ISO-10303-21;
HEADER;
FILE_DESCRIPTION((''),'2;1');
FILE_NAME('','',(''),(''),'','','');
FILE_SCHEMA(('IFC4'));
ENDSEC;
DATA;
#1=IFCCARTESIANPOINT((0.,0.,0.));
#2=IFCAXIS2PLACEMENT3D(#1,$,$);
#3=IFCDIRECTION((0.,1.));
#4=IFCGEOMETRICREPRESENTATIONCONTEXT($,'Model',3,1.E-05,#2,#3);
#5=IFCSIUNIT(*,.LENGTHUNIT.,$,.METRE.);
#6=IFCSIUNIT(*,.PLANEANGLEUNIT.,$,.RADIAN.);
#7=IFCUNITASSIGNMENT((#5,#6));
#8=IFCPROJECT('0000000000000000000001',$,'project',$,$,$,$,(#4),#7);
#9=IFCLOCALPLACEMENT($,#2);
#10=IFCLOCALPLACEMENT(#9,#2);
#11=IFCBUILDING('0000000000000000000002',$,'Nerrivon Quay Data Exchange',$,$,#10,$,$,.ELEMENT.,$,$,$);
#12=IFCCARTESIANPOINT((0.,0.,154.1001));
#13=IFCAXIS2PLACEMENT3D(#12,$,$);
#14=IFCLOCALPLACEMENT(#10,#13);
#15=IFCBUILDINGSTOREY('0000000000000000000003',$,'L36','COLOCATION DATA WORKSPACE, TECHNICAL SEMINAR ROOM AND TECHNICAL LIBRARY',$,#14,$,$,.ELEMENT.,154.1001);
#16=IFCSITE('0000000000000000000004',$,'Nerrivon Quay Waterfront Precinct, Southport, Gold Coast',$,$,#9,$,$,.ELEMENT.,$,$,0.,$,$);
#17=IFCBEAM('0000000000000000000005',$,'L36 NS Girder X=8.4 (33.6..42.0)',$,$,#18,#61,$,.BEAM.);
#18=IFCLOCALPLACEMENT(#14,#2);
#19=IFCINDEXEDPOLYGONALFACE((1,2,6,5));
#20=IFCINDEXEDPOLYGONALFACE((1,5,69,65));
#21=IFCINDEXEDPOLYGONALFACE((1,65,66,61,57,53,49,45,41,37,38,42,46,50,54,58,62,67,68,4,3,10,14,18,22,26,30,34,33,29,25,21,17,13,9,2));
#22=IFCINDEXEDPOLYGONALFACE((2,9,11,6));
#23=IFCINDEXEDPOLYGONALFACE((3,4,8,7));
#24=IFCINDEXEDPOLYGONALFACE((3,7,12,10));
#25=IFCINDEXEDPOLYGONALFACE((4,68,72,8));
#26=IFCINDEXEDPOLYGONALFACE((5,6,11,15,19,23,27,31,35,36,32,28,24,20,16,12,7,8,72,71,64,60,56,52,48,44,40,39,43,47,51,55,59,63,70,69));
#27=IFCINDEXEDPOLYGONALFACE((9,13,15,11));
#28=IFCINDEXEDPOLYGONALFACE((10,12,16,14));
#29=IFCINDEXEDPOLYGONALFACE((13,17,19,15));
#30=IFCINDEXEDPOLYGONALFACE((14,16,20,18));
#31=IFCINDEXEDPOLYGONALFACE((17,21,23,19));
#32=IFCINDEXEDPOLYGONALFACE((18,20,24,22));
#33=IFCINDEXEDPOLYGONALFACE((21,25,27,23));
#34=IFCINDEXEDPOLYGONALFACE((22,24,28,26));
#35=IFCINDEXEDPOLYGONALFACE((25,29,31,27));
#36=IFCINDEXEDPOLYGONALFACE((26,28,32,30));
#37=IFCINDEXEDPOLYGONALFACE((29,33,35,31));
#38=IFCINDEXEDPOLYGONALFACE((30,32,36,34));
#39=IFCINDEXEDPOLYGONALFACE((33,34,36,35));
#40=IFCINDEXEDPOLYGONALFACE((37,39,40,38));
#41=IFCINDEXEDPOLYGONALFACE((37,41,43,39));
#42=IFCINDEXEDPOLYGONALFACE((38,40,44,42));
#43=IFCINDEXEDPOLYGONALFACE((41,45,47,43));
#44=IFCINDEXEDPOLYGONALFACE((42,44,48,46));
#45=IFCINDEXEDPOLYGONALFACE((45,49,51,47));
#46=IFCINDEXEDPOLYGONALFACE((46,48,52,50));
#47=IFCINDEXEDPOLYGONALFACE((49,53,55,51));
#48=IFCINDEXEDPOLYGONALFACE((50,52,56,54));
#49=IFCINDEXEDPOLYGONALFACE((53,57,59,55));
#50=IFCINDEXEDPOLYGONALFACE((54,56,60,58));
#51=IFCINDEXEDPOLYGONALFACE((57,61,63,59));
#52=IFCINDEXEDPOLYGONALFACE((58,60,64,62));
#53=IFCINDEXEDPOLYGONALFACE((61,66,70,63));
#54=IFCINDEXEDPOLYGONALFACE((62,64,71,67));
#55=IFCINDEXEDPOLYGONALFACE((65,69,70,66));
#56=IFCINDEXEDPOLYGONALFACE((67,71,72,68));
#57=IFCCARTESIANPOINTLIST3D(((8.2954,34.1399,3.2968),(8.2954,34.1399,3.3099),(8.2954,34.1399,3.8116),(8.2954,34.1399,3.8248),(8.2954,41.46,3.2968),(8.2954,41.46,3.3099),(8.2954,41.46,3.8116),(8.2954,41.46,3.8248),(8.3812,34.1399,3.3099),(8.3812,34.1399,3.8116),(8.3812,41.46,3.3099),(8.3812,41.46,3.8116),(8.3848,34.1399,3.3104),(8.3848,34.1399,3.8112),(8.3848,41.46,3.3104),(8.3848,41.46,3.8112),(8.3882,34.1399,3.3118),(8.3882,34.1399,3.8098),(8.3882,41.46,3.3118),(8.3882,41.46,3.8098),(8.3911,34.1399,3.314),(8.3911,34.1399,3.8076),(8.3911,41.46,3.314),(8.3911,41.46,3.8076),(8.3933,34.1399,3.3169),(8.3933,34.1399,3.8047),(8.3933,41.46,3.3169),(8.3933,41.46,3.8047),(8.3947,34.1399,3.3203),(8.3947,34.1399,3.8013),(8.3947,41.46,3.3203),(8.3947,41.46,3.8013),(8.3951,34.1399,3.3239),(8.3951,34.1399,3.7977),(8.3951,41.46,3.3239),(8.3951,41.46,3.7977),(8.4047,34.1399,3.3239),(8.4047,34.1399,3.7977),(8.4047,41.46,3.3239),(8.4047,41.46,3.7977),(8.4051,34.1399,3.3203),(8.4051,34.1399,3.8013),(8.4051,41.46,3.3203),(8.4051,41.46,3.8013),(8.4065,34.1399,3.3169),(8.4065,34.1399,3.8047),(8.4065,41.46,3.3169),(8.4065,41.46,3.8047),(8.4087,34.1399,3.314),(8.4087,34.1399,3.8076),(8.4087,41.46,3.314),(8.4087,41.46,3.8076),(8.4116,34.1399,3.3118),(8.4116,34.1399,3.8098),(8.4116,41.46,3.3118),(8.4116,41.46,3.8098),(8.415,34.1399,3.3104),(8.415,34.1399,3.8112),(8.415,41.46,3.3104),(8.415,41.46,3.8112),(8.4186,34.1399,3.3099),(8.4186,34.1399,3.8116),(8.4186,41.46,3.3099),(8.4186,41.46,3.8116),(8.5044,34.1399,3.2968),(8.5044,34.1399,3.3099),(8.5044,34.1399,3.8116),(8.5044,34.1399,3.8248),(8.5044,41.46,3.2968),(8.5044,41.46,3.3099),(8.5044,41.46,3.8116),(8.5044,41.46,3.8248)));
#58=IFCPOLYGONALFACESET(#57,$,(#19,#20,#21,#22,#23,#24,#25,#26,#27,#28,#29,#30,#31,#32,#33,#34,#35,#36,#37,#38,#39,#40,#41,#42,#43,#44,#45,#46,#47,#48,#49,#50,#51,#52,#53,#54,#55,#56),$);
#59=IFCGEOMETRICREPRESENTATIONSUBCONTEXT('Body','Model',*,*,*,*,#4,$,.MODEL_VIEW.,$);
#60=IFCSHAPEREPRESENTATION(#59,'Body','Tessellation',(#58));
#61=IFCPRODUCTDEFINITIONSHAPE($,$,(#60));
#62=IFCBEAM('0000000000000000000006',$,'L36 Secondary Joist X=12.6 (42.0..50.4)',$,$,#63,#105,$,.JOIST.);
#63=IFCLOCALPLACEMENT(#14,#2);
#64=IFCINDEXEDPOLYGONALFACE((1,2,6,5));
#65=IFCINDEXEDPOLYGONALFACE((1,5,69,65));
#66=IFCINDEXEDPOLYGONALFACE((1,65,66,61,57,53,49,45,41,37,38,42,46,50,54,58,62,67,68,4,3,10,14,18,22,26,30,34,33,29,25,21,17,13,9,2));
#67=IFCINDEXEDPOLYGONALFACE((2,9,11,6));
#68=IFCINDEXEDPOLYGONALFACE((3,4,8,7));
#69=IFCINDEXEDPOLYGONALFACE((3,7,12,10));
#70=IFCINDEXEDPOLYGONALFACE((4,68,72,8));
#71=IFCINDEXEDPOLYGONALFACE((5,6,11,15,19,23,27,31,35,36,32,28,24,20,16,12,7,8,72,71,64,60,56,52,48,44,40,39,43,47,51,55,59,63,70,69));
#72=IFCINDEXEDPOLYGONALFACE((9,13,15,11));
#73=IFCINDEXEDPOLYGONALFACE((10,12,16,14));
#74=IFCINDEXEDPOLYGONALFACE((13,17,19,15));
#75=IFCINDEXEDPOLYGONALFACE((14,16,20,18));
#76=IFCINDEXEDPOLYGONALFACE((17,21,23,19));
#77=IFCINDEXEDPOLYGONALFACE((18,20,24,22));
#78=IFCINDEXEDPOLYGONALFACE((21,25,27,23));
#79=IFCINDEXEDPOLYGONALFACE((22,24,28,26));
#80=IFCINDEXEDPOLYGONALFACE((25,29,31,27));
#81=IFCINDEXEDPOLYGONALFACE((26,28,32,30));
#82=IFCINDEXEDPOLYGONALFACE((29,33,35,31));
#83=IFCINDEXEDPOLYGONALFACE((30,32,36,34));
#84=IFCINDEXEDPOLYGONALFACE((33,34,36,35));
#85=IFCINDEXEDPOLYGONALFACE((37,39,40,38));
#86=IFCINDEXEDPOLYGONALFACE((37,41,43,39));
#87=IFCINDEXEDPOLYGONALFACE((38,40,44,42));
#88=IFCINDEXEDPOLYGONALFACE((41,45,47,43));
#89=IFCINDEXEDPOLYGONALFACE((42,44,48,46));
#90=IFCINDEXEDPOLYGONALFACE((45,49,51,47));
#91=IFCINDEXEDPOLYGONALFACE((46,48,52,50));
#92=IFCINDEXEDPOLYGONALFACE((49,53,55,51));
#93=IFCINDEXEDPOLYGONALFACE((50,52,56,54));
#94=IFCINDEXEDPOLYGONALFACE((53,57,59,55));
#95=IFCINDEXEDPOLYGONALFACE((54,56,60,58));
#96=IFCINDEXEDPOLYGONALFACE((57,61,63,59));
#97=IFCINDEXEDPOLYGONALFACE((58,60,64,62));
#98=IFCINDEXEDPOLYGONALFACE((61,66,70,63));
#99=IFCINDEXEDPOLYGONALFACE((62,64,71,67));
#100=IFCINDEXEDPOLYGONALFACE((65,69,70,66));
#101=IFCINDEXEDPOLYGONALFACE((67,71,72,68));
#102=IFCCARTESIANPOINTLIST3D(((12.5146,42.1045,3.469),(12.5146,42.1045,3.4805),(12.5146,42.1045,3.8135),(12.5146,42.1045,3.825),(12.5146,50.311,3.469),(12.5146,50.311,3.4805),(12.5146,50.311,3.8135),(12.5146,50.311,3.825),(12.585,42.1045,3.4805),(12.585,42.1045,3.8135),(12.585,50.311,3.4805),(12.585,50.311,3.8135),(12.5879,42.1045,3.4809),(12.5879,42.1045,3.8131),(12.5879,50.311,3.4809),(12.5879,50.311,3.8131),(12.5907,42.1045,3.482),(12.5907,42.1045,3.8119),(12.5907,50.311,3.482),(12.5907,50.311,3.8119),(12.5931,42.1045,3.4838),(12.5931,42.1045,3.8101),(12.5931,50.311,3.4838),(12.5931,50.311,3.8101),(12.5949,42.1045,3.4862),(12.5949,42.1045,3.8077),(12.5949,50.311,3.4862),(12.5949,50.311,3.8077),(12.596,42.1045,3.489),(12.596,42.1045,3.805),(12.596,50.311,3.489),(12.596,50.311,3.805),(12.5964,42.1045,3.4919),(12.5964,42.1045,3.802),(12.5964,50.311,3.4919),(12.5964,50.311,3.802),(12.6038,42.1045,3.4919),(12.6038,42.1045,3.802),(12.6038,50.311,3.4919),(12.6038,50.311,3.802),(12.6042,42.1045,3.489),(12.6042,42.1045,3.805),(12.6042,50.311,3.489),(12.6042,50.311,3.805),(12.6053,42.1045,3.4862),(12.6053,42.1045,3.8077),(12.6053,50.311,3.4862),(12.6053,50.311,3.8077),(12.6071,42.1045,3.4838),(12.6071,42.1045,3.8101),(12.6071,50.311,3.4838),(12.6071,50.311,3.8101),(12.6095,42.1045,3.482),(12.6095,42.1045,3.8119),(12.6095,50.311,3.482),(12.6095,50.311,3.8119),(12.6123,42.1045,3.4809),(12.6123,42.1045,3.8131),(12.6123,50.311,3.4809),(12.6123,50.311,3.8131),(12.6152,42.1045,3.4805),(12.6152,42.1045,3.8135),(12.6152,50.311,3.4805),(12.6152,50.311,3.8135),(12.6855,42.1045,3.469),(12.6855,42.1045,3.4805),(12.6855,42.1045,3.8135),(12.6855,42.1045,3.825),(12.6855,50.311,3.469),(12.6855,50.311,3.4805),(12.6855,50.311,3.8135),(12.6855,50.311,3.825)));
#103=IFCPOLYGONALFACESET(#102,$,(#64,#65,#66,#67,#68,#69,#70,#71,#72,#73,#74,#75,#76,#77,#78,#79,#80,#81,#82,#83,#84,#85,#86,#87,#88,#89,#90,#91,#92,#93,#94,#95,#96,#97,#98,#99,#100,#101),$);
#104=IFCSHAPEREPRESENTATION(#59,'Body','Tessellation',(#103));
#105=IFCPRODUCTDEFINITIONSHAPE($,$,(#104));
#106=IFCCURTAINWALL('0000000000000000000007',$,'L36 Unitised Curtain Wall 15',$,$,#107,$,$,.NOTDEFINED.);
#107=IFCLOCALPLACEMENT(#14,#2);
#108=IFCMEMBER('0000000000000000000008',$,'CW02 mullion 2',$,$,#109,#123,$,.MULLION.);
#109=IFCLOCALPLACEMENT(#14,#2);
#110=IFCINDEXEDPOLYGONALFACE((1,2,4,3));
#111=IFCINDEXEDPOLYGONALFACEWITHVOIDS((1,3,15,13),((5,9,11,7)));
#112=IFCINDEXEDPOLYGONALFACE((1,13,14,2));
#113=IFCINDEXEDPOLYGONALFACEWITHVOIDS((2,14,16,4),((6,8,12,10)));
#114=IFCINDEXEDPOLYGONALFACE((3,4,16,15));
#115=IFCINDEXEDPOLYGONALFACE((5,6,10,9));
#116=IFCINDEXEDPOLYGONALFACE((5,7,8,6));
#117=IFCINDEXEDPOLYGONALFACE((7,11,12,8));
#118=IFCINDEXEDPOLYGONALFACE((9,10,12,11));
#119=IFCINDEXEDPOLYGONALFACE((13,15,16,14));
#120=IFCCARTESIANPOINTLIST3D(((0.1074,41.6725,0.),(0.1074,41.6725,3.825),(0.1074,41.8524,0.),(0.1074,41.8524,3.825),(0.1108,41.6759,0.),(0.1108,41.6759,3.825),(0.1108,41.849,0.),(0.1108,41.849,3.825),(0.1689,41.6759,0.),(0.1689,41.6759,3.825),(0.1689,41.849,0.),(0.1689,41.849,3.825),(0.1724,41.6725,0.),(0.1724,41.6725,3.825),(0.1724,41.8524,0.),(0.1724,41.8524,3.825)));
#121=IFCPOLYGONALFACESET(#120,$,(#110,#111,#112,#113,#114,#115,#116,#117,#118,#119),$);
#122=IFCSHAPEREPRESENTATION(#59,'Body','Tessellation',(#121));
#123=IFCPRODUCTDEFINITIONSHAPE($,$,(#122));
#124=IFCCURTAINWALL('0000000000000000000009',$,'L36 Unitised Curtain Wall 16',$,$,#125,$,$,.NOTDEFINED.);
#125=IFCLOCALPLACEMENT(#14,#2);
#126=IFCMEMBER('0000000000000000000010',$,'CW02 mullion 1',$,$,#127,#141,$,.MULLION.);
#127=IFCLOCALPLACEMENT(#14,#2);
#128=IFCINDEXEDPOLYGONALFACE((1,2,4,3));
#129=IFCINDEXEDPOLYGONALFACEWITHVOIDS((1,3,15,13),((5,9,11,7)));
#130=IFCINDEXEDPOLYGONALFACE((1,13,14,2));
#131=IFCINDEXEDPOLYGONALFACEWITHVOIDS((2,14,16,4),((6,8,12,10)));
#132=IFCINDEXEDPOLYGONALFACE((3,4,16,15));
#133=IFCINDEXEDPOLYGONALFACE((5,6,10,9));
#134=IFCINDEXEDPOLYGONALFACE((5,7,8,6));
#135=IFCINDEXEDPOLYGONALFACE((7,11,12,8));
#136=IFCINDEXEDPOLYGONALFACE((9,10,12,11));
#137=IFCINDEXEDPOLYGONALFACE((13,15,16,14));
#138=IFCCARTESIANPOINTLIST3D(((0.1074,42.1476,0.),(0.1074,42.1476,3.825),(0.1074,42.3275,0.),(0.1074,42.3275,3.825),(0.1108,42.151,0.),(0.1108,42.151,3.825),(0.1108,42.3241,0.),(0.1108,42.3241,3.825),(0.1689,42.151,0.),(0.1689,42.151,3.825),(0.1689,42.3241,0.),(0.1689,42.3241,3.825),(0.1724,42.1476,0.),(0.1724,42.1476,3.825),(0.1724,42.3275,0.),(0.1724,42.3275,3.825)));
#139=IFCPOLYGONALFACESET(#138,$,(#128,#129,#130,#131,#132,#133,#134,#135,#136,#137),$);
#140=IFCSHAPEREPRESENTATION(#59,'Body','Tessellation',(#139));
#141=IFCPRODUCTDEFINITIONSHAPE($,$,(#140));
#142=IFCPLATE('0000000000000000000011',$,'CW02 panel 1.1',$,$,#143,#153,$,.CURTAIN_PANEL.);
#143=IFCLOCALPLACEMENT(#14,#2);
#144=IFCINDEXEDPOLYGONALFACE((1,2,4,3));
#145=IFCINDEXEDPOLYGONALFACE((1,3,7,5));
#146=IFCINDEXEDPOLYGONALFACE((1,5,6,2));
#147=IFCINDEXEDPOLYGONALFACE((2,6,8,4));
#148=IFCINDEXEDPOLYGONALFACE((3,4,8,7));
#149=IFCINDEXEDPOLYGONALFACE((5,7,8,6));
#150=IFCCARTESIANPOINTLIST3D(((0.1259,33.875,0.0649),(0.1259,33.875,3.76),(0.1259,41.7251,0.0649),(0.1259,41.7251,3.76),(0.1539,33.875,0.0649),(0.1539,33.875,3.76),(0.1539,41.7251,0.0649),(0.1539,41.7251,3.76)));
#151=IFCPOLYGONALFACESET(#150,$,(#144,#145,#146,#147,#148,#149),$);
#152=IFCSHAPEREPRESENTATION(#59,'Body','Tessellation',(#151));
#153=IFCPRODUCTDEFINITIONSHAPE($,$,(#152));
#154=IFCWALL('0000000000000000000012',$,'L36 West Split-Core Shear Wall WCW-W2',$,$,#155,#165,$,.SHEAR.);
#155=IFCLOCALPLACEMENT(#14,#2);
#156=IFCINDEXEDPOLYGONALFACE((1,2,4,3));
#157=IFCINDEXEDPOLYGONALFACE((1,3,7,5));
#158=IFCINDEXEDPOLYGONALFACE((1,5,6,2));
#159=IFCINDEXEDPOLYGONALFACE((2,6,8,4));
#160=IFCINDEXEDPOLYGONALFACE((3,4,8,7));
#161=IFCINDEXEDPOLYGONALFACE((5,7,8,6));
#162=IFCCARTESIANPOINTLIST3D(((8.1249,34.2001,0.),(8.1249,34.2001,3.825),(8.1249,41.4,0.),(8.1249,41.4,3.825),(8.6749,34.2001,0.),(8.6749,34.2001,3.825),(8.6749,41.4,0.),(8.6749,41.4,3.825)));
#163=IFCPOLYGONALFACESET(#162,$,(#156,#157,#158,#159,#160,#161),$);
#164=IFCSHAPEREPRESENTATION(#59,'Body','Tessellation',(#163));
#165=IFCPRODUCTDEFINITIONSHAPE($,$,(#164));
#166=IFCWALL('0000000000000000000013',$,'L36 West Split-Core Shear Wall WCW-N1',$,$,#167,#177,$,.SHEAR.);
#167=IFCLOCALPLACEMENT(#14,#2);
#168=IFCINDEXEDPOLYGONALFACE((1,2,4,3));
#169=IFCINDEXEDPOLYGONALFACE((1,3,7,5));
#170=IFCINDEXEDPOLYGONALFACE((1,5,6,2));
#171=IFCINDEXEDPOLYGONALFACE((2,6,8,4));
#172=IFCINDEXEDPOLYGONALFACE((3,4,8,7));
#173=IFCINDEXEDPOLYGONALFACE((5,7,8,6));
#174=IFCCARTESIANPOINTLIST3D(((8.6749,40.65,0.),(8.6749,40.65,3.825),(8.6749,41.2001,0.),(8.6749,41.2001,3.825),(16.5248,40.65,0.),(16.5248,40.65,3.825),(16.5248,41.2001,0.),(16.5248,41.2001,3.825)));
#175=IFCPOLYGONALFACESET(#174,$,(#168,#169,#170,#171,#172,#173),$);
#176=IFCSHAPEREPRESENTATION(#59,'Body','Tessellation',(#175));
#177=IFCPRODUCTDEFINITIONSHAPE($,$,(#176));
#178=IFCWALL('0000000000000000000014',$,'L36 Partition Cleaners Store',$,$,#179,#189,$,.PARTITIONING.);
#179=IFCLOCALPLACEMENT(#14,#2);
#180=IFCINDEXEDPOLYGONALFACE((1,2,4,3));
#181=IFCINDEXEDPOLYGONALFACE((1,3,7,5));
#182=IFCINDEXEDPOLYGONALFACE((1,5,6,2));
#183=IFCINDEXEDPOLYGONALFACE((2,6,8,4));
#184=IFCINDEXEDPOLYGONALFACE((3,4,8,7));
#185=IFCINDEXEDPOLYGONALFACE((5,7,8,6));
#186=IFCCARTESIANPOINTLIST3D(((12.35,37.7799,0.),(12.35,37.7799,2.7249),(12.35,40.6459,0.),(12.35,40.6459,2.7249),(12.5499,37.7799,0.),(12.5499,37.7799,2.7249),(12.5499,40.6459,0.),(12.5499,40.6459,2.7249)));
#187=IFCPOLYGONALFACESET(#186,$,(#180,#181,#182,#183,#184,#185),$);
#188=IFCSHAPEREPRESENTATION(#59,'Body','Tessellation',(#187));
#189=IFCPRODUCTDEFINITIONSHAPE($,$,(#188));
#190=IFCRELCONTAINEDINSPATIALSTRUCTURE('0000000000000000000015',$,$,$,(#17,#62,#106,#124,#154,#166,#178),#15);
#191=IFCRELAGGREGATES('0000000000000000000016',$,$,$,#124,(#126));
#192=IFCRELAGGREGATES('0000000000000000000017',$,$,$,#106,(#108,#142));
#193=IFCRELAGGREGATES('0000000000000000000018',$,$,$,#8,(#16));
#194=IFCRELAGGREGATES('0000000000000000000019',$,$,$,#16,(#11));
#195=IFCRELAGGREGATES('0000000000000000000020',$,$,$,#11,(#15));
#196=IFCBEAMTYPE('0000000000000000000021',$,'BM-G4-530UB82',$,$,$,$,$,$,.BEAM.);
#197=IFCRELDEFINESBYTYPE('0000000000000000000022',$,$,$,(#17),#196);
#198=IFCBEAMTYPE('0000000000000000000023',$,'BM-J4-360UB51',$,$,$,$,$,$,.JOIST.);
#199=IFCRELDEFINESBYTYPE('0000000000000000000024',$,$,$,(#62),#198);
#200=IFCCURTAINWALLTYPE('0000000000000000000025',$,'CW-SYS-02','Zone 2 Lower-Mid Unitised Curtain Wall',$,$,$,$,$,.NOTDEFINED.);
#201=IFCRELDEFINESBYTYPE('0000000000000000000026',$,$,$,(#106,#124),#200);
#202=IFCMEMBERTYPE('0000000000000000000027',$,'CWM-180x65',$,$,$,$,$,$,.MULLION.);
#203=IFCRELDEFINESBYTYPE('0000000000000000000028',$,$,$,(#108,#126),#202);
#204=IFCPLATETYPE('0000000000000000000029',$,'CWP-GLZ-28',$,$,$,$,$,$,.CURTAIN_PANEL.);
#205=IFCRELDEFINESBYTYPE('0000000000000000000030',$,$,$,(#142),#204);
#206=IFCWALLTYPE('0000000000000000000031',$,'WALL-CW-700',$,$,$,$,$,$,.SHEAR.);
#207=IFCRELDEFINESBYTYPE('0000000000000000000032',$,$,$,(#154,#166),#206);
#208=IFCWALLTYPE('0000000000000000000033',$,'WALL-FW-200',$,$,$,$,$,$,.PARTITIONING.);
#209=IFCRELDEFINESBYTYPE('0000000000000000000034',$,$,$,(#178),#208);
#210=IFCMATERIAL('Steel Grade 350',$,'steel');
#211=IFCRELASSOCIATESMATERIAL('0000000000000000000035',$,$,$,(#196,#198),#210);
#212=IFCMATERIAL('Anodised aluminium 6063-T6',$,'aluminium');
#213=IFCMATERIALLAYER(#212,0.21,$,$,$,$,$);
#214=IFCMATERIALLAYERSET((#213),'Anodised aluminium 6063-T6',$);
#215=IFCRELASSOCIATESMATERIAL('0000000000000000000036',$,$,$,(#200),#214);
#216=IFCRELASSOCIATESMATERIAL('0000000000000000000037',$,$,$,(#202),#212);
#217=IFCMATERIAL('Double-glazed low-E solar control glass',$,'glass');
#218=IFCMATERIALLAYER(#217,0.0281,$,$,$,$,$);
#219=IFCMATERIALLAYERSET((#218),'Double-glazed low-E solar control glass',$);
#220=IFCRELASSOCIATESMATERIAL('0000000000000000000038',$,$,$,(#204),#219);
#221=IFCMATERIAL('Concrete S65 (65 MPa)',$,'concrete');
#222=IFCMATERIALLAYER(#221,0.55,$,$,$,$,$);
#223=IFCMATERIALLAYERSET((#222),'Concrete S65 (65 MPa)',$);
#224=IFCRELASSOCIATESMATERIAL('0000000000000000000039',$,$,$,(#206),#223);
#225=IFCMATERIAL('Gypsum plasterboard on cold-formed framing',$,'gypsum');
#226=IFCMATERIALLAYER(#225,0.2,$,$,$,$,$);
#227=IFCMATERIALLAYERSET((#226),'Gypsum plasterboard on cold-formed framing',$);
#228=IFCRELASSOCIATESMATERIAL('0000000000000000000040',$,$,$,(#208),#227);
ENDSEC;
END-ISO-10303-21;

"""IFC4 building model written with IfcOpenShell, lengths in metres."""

from ifc_helpers import new_model, si_unit, direction, frame, frame_2d, origin, origin_2d, place, context, subcontext, project, spatial, rectangle, hollow_rectangle, i_section, extrude, material, layer, layer_set, material_profile, profile_set, type_object, element, aggregate, save


model = new_model("IFC4")

# Units and contexts
model_context = context("Model", 3, precision=1e-05, world=origin(), true_north=direction((0.0, 1.0)))
body_context = subcontext(model_context, "Body", "Model", "MODEL_VIEW")
ifc_project = project(units=[si_unit("LENGTHUNIT", "METRE"), si_unit("PLANEANGLEUNIT", "RADIAN")], contexts=[model_context])

# Site, building, storey
site_placement = place(None, origin())
site = spatial("IfcSite", under=ifc_project, at=site_placement, Name="Nerrivon Quay Waterfront Precinct, Southport, Gold Coast", CompositionType="ELEMENT", RefElevation=0.0)
building_placement = place(site_placement, origin())
building = spatial("IfcBuilding", under=site, at=building_placement, Name="Nerrivon Quay Data Exchange", CompositionType="ELEMENT")
storey_placement = place(building_placement, frame((0.0, 0.0, 154.1001)))
storey = spatial("IfcBuildingStorey", under=building, at=storey_placement, Name="L36", Description="COLOCATION DATA WORKSPACE, TECHNICAL SEMINAR ROOM AND TECHNICAL LIBRARY", CompositionType="ELEMENT", Elevation=154.1001)

# Shared definitions
ifc_material_1 = material(Name="Concrete S65 (65 MPa)", Category="concrete")
ifc_material_2 = material(Name="Steel Grade 350", Category="steel")

# Beams
ifc_material_profile_1 = material_profile(ifc_material_2, i_section(OverallWidth=0.209, OverallDepth=0.5281, WebThickness=0.0095, FlangeThickness=0.0132, FilletRadius=0.0139, at=origin_2d()), Name="530UB82.0")
ifc_profile_set_1 = profile_set([ifc_material_profile_1], Name="Steel Grade 350")
beam_type_1 = type_object("IfcBeamType", Name="BM-G4-530UB82", PredefinedType="BEAM", material=ifc_profile_set_1)
beam_1_placement = place(storey_placement, frame((8.3999, 34.1399, 3.5608), z_axis=(0.0, 1.0, 0.0), x_axis=(-1.0, 0.0, 0.0)))
element("IfcBeam", 1, at=beam_1_placement, inside=storey, type_object=beam_type_1, Name="L36 NS Girder X=8.4 (33.6..42.0)", PredefinedType="BEAM", context=body_context, shape_type="SweptSolid", body=[
    extrude(i_section(OverallWidth=0.209, OverallDepth=0.5281, WebThickness=0.0095, FlangeThickness=0.0132, FilletRadius=0.0139, at=origin_2d()), origin(), (0.0, 0.0, 1.0), 7.3201),
])
ifc_material_profile_2 = material_profile(ifc_material_2, i_section(OverallWidth=0.1709, OverallDepth=0.356, WebThickness=0.0073, FlangeThickness=0.0115, FilletRadius=0.0115, at=origin_2d()), Name="360UB50.7")
ifc_profile_set_2 = profile_set([ifc_material_profile_2], Name="Steel Grade 350")
beam_type_2 = type_object("IfcBeamType", Name="BM-J4-360UB51", PredefinedType="JOIST", material=ifc_profile_set_2)
beam_2_placement = place(storey_placement, frame((12.6001, 42.1045, 3.647), z_axis=(0.0, 1.0, 0.0), x_axis=(-1.0, 0.0, 0.0)))
element("IfcBeam", 2, at=beam_2_placement, inside=storey, type_object=beam_type_2, Name="L36 Secondary Joist X=12.6 (42.0..50.4)", PredefinedType="JOIST", context=body_context, shape_type="SweptSolid", body=[
    extrude(i_section(OverallWidth=0.1709, OverallDepth=0.356, WebThickness=0.0073, FlangeThickness=0.0115, FilletRadius=0.0115, at=origin_2d()), origin(), (0.0, 0.0, 1.0), 8.2065),
])

# Curtain walls, members
ifc_material_3 = material(Name="Anodised aluminium 6063-T6", Category="aluminium")
ifc_layer_1 = layer(ifc_material_3, 0.21)
ifc_layer_set_1 = layer_set([ifc_layer_1], Name="Anodised aluminium 6063-T6")
curtain_wall_type = type_object("IfcCurtainWallType", Name="CW-SYS-02", Description="Zone 2 Lower-Mid Unitised Curtain Wall", PredefinedType="NOTDEFINED", material=ifc_layer_set_1)
curtain_wall_1_placement = place(storey_placement, origin())
curtain_wall_1 = element("IfcCurtainWall", 3, at=curtain_wall_1_placement, inside=storey, type_object=curtain_wall_type, Name="L36 Unitised Curtain Wall 15", PredefinedType="NOTDEFINED")
ifc_material_profile_3 = material_profile(ifc_material_3, hollow_rectangle(XDim=0.0649, YDim=0.1799, WallThickness=0.0034, at=origin_2d()), Name="ALU-MULL-180x65")
ifc_profile_set_3 = profile_set([ifc_material_profile_3], Name="Anodised aluminium 6063-T6")
member_type = type_object("IfcMemberType", Name="CWM-180x65", PredefinedType="MULLION", material=ifc_profile_set_3)
member_1_placement = place(storey_placement, frame((0.1399, 41.7625, 0.0), z_axis=(0.0, 0.0, 1.0), x_axis=(-1.0, 0.0, 0.0)))
member_1 = element("IfcMember", 4, at=member_1_placement, type_object=member_type, Name="CW02 mullion 2", PredefinedType="MULLION", context=body_context, shape_type="SweptSolid", body=[
    extrude(hollow_rectangle(XDim=0.0649, YDim=0.1799, WallThickness=0.0034, at=origin_2d()), origin(), (0.0, 0.0, 1.0), 3.825),
])
curtain_wall_2_placement = place(storey_placement, origin())
curtain_wall_2 = element("IfcCurtainWall", 5, at=curtain_wall_2_placement, inside=storey, type_object=curtain_wall_type, Name="L36 Unitised Curtain Wall 16", PredefinedType="NOTDEFINED")
member_2_placement = place(storey_placement, frame((0.1399, 42.2375, 0.0), z_axis=(0.0, 0.0, 1.0), x_axis=(-1.0, 0.0, 0.0)))
member_2 = element("IfcMember", 6, at=member_2_placement, type_object=member_type, Name="CW02 mullion 1", PredefinedType="MULLION", context=body_context, shape_type="SweptSolid", body=[
    extrude(hollow_rectangle(XDim=0.0649, YDim=0.1799, WallThickness=0.0034, at=origin_2d()), origin(), (0.0, 0.0, 1.0), 3.825),
])
aggregate(curtain_wall_2, [member_2])

# Plate
ifc_material_4 = material(Name="Double-glazed low-E solar control glass", Category="glass")
ifc_layer_2 = layer(ifc_material_4, 0.0281)
ifc_layer_set_2 = layer_set([ifc_layer_2], Name="Double-glazed low-E solar control glass")
plate_type = type_object("IfcPlateType", Name="CWP-GLZ-28", PredefinedType="CURTAIN_PANEL", material=ifc_layer_set_2)
plate_placement = place(storey_placement, frame((0.1399, 37.8, 0.0649), z_axis=(0.0, 0.0, 1.0), x_axis=(0.0, 1.0, 0.0)))
plate = element("IfcPlate", 7, at=plate_placement, type_object=plate_type, Name="CW02 panel 1.1", PredefinedType="CURTAIN_PANEL", context=body_context, shape_type="SweptSolid", body=[
    extrude(rectangle(XDim=7.8501, YDim=0.0281, at=origin_2d()), origin(), (0.0, 0.0, 1.0), 3.6951),
])
aggregate(curtain_wall_1, [member_1, plate])

# Walls
ifc_layer_3 = layer(ifc_material_1, 0.55)
ifc_layer_set_3 = layer_set([ifc_layer_3], Name="Concrete S65 (65 MPa)")
wall_type_1 = type_object("IfcWallType", Name="WALL-CW-700", PredefinedType="SHEAR", material=ifc_layer_set_3)
wall_1_placement = place(storey_placement, frame((8.3999, 34.2, 0.0), z_axis=(0.0, 0.0, 1.0), x_axis=(0.0, 1.0, 0.0)))
element("IfcWall", 8, at=wall_1_placement, inside=storey, type_object=wall_type_1, Name="L36 West Split-Core Shear Wall WCW-W2", PredefinedType="SHEAR", context=body_context, shape_type="SweptSolid", body=[
    extrude(rectangle(XDim=7.2, YDim=0.55, at=frame_2d((3.6001, 0.0))), origin(), (0.0, 0.0, 1.0), 3.825),
])
wall_2_placement = place(storey_placement, frame((8.675, 40.925, 0.0), z_axis=(0.0, 0.0, 1.0), x_axis=(1.0, 0.0, 0.0)))
element("IfcWall", 9, at=wall_2_placement, inside=storey, type_object=wall_type_1, Name="L36 West Split-Core Shear Wall WCW-N1", PredefinedType="SHEAR", context=body_context, shape_type="SweptSolid", body=[
    extrude(rectangle(XDim=7.8499, YDim=0.55, at=frame_2d((3.9248, 0.0))), origin(), (0.0, 0.0, 1.0), 3.825),
])
ifc_material_5 = material(Name="Gypsum plasterboard on cold-formed framing", Category="gypsum")
ifc_layer_4 = layer(ifc_material_5, 0.2)
ifc_layer_set_4 = layer_set([ifc_layer_4], Name="Gypsum plasterboard on cold-formed framing")
wall_type_2 = type_object("IfcWallType", Name="WALL-FW-200", PredefinedType="PARTITIONING", material=ifc_layer_set_4)
wall_3_placement = place(storey_placement, frame((12.45, 40.646, 0.0), z_axis=(0.0, 0.0, 1.0), x_axis=(0.0, -1.0, 0.0)))
element("IfcWall", 10, at=wall_3_placement, inside=storey, type_object=wall_type_2, Name="L36 Partition Cleaners Store", PredefinedType="PARTITIONING", context=body_context, shape_type="SweptSolid", body=[
    extrude(rectangle(XDim=2.866, YDim=0.2, at=frame_2d((1.4331, 0.0))), origin(), (0.0, 0.0, 1.0), 2.7249),
])

save(model, "model.ifc")
